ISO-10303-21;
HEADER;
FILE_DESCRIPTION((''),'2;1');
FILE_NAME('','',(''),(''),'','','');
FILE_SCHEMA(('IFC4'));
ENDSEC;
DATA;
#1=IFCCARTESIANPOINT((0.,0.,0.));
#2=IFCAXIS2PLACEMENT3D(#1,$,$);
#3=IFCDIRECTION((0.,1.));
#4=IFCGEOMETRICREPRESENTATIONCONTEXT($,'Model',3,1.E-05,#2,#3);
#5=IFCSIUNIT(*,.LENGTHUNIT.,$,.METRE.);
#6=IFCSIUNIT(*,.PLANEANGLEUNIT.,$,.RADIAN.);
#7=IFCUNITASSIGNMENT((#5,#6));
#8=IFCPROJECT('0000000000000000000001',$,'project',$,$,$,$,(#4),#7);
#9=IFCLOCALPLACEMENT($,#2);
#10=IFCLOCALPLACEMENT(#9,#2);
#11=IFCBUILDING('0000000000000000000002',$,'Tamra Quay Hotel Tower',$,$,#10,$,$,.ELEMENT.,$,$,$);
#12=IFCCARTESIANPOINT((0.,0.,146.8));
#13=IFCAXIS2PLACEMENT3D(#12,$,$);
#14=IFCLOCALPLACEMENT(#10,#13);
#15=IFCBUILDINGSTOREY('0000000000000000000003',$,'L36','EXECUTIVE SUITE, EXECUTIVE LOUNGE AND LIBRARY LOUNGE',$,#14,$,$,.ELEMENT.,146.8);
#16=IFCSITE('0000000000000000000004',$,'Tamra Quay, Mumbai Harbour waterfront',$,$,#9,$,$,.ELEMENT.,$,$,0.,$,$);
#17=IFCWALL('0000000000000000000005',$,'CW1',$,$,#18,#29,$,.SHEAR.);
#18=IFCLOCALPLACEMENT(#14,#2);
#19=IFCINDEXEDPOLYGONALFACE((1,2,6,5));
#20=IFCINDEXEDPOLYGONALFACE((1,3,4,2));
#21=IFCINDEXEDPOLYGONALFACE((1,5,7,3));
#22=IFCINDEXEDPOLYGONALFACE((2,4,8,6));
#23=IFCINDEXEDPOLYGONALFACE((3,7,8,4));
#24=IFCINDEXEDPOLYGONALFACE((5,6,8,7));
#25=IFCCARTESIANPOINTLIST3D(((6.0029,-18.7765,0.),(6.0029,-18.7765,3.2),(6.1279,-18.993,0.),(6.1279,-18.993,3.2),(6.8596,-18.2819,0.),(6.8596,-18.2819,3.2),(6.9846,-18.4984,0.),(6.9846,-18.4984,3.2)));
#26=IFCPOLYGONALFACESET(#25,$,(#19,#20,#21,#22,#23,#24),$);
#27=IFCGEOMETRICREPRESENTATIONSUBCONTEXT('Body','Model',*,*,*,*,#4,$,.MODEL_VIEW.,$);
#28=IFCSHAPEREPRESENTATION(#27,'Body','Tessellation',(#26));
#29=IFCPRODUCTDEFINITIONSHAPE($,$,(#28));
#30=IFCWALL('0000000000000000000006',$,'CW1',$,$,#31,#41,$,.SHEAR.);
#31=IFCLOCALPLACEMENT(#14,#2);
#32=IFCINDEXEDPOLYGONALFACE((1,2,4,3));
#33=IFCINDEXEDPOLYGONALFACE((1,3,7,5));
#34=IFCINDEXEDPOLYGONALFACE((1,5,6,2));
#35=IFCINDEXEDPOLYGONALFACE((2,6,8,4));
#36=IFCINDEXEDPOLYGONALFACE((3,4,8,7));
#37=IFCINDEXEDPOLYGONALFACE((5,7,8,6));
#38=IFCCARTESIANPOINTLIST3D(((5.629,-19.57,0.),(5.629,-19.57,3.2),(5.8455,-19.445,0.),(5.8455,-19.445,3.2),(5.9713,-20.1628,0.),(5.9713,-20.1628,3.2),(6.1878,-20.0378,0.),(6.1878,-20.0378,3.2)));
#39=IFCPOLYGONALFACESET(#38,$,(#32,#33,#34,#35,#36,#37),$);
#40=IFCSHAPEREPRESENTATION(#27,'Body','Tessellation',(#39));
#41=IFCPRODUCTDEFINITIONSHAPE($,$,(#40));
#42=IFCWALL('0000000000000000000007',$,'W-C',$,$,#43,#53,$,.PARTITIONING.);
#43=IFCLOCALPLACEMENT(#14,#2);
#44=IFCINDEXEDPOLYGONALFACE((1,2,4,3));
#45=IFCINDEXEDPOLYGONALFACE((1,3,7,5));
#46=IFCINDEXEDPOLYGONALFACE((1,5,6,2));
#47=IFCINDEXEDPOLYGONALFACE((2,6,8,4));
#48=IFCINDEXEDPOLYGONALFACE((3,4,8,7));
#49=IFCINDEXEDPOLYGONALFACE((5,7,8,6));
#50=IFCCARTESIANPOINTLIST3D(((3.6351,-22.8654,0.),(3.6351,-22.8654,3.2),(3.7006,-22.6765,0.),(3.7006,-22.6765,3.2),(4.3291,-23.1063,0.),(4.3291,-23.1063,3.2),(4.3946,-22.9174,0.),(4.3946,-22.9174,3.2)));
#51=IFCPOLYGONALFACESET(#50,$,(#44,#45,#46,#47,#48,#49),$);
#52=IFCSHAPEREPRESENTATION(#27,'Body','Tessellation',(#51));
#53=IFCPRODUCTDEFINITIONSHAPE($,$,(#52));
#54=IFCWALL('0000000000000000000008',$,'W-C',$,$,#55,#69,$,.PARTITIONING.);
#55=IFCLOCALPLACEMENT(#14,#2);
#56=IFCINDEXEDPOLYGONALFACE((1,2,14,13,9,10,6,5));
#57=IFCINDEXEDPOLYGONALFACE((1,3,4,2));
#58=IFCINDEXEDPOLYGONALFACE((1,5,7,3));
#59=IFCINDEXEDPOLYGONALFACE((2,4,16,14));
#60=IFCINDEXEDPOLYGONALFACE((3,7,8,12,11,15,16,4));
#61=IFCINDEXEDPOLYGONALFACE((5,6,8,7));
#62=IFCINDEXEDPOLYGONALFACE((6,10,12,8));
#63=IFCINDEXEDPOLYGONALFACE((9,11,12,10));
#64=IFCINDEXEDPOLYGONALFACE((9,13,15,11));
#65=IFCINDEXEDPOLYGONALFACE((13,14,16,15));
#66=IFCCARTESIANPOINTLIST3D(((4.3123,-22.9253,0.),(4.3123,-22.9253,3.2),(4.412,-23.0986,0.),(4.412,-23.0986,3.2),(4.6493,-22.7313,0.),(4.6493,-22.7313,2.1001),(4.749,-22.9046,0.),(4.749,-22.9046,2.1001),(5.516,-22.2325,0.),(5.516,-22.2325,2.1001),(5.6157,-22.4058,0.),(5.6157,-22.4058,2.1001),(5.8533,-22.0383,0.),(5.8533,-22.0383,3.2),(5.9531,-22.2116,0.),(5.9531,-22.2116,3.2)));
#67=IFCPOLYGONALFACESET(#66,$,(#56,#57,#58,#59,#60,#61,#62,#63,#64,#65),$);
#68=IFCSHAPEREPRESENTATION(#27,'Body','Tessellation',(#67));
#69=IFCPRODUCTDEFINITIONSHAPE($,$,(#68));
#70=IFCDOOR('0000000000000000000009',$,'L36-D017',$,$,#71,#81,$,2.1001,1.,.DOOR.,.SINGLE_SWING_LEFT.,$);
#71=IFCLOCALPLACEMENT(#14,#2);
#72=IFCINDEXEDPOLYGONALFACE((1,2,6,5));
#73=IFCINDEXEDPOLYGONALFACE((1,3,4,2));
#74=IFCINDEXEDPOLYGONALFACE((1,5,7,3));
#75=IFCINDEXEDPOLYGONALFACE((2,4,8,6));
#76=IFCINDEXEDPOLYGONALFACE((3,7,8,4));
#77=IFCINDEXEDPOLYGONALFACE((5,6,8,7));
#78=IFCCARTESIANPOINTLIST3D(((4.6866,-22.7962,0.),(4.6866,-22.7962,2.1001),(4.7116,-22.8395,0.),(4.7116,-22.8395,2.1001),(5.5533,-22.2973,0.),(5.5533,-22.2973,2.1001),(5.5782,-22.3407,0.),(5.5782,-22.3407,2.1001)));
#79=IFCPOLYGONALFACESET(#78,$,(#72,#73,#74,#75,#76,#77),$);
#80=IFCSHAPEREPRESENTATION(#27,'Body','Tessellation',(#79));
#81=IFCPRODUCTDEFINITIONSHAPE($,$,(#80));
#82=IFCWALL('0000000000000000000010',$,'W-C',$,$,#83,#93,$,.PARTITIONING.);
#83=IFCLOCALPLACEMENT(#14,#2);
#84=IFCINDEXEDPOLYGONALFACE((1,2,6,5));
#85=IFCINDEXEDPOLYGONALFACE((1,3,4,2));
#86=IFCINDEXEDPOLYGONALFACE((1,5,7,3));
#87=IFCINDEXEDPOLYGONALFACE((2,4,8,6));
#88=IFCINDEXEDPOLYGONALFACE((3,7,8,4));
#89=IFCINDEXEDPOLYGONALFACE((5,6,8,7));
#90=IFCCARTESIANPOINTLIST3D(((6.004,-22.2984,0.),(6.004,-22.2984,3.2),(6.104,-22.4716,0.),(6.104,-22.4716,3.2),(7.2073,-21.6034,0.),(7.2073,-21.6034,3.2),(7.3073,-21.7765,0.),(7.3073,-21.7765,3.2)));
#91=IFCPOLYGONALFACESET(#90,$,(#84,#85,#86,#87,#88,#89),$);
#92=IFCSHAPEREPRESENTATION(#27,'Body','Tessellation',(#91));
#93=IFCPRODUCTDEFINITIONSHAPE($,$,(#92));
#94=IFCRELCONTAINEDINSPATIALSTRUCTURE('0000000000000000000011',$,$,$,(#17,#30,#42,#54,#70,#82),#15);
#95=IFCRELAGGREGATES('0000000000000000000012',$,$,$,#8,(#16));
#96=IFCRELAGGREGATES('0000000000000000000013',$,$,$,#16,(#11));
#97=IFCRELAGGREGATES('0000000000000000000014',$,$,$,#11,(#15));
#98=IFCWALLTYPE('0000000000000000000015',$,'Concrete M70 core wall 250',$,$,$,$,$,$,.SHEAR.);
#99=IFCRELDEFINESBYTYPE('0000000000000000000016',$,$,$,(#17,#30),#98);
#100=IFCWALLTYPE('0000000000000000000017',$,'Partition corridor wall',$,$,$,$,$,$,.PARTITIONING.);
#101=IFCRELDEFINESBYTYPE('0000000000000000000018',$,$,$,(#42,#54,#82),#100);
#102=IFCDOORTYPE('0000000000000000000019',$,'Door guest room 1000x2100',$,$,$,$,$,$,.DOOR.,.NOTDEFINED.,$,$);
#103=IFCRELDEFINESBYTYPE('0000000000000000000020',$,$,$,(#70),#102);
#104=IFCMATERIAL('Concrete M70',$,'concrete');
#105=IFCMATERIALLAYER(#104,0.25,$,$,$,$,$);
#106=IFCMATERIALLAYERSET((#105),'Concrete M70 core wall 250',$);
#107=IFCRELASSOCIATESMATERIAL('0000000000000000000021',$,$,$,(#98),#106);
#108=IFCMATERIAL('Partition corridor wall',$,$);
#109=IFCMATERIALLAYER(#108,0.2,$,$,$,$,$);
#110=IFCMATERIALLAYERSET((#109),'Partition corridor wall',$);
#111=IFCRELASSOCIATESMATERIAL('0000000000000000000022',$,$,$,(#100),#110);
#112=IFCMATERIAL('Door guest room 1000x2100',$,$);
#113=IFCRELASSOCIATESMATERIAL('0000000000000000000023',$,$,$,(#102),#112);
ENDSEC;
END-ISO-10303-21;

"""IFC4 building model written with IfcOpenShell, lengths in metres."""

from ifc_helpers import new_model, si_unit, direction, frame, frame_2d, origin, place, context, subcontext, project, spatial, rectangle, extrude, material, layer, layer_set, type_object, element, fill, save


model = new_model("IFC4")

# Units and contexts
model_context = context("Model", 3, precision=1e-05, world=origin(), true_north=direction((0.0, 1.0)))
body_context = subcontext(model_context, "Body", "Model", "MODEL_VIEW")
ifc_project = project(units=[si_unit("LENGTHUNIT", "METRE"), si_unit("PLANEANGLEUNIT", "RADIAN")], contexts=[model_context])

# Site, building, storey
site_placement = place(None, origin())
site = spatial("IfcSite", under=ifc_project, at=site_placement, Name="Tamra Quay, Mumbai Harbour waterfront", CompositionType="ELEMENT", RefElevation=0.0)
building_placement = place(site_placement, origin())
building = spatial("IfcBuilding", under=site, at=building_placement, Name="Tamra Quay Hotel Tower", CompositionType="ELEMENT")
storey_placement = place(building_placement, frame((0.0, 0.0, 146.8)))
storey = spatial("IfcBuildingStorey", under=building, at=storey_placement, Name="L36", Description="EXECUTIVE SUITE, EXECUTIVE LOUNGE AND LIBRARY LOUNGE", CompositionType="ELEMENT", Elevation=146.8)

# Shared definitions
ifc_material_1 = material(Name="Concrete M70", Category="concrete")

# Shared definitions
ifc_layer_1 = layer(ifc_material_1, 0.25)
ifc_layer_set_1 = layer_set([ifc_layer_1], Name="Concrete M70 core wall 250")
wall_type_1 = type_object("IfcWallType", Name="Concrete M70 core wall 250", PredefinedType="SHEAR", material=ifc_layer_set_1)

# Walls
wall_1_placement = place(storey_placement, frame((6.0654, -18.8848, 0.0), z_axis=(0.0, 0.0, 1.0), x_axis=(0.866017, 0.500014, 0.0)))
element("IfcWall", 1, at=wall_1_placement, inside=storey, type_object=wall_type_1, Name="CW1", PredefinedType="SHEAR", context=body_context, shape_type="SweptSolid", body=[
    extrude(rectangle(XDim=0.9893, YDim=0.25, at=frame_2d((0.4946, 0.0))), origin(), (0.0, 0.0, 1.0), 3.2),
])
wall_2_placement = place(storey_placement, frame((6.0796, -20.1003, 0.0), z_axis=(0.0, 0.0, 1.0), x_axis=(-0.500052, 0.865996, 0.0)))
element("IfcWall", 2, at=wall_2_placement, inside=storey, type_object=wall_type_1, Name="CW1", PredefinedType="SHEAR", context=body_context, shape_type="SweptSolid", body=[
    extrude(rectangle(XDim=0.6846, YDim=0.25, at=frame_2d((0.3423, 0.0))), origin(), (0.0, 0.0, 1.0), 3.2),
])
ifc_material_2 = material(Name="Partition corridor wall")
ifc_layer_2 = layer(ifc_material_2, 0.2)
ifc_layer_set_2 = layer_set([ifc_layer_2], Name="Partition corridor wall")
wall_type_2 = type_object("IfcWallType", Name="Partition corridor wall", PredefinedType="PARTITIONING", material=ifc_layer_set_2)
wall_3_placement = place(storey_placement, frame((3.668, -22.771, 0.0), z_axis=(0.0, 0.0, 1.0), x_axis=(0.944689, -0.327966, 0.0)))
element("IfcWall", 3, at=wall_3_placement, inside=storey, type_object=wall_type_2, Name="W-C", PredefinedType="PARTITIONING", context=body_context, shape_type="SweptSolid", body=[
    extrude(rectangle(XDim=0.7346, YDim=0.2, at=frame_2d((0.3672, 0.0))), origin(), (0.0, 0.0, 1.0), 3.2),
])

# Wall, opening, door
wall_4_placement = place(storey_placement, frame((4.3621, -23.012, 0.0), z_axis=(0.0, 0.0, 1.0), x_axis=(0.866693, 0.498843, 0.0)))
wall_4 = element("IfcWall", 4, at=wall_4_placement, inside=storey, type_object=wall_type_2, Name="W-C", PredefinedType="PARTITIONING", context=body_context, shape_type="SweptSolid", body=[
    extrude(rectangle(XDim=1.7781, YDim=0.2, at=frame_2d((0.8892, 0.0))), origin(), (0.0, 0.0, 1.0), 3.2),
])
opening_1_placement = place(wall_4_placement, frame((0.3889, 0.0, 0.0)))
opening_1 = element("IfcOpeningElement", 5, at=opening_1_placement, cuts=wall_4, PredefinedType="OPENING", context=body_context, shape_type="SweptSolid", body=[
    extrude(rectangle(XDim=1.0, YDim=2.1001, at=frame_2d((0.5, 1.05))), frame((0.0, 0.1099, 0.0), z_axis=(0.0, -1.0, 0.0), x_axis=(1.0, 0.0, 0.0)), (0.0, 0.0, 1.0), 0.22),
])
ifc_material_3 = material(Name="Door guest room 1000x2100")
door_type_1 = type_object("IfcDoorType", Name="Door guest room 1000x2100", OperationType="NOTDEFINED", PredefinedType="DOOR", material=ifc_material_3)
door_1_placement = place(opening_1_placement, frame((1.0, 0.0, 0.0), z_axis=(0.0, 0.0, 1.0), x_axis=(-1.0, 0.0, 0.0)))
door_1 = element("IfcDoor", 6, at=door_1_placement, inside=storey, type_object=door_type_1, Name="L36-D017", OperationType="SINGLE_SWING_LEFT", OverallHeight=2.1001, OverallWidth=1.0, PredefinedType="DOOR", context=body_context, shape_type="SweptSolid", body=[
    extrude(rectangle(XDim=1.0, YDim=2.1001, at=frame_2d((0.5, 1.05))), frame((0.0, 0.0249, 0.0), z_axis=(0.0, -1.0, 0.0), x_axis=(1.0, 0.0, 0.0)), (0.0, 0.0, 1.0), 0.05),
])
fill(opening_1, door_1)

# Wall
wall_5_placement = place(storey_placement, frame((6.054, -22.385, 0.0), z_axis=(0.0, 0.0, 1.0), x_axis=(0.865931, 0.500163, 0.0)))
element("IfcWall", 7, at=wall_5_placement, inside=storey, type_object=wall_type_2, Name="W-C", PredefinedType="PARTITIONING", context=body_context, shape_type="SweptSolid", body=[
    extrude(rectangle(XDim=1.3896, YDim=0.2, at=frame_2d((0.6948, 0.0))), origin(), (0.0, 0.0, 1.0), 3.2),
])

save(model, "model.ifc")
